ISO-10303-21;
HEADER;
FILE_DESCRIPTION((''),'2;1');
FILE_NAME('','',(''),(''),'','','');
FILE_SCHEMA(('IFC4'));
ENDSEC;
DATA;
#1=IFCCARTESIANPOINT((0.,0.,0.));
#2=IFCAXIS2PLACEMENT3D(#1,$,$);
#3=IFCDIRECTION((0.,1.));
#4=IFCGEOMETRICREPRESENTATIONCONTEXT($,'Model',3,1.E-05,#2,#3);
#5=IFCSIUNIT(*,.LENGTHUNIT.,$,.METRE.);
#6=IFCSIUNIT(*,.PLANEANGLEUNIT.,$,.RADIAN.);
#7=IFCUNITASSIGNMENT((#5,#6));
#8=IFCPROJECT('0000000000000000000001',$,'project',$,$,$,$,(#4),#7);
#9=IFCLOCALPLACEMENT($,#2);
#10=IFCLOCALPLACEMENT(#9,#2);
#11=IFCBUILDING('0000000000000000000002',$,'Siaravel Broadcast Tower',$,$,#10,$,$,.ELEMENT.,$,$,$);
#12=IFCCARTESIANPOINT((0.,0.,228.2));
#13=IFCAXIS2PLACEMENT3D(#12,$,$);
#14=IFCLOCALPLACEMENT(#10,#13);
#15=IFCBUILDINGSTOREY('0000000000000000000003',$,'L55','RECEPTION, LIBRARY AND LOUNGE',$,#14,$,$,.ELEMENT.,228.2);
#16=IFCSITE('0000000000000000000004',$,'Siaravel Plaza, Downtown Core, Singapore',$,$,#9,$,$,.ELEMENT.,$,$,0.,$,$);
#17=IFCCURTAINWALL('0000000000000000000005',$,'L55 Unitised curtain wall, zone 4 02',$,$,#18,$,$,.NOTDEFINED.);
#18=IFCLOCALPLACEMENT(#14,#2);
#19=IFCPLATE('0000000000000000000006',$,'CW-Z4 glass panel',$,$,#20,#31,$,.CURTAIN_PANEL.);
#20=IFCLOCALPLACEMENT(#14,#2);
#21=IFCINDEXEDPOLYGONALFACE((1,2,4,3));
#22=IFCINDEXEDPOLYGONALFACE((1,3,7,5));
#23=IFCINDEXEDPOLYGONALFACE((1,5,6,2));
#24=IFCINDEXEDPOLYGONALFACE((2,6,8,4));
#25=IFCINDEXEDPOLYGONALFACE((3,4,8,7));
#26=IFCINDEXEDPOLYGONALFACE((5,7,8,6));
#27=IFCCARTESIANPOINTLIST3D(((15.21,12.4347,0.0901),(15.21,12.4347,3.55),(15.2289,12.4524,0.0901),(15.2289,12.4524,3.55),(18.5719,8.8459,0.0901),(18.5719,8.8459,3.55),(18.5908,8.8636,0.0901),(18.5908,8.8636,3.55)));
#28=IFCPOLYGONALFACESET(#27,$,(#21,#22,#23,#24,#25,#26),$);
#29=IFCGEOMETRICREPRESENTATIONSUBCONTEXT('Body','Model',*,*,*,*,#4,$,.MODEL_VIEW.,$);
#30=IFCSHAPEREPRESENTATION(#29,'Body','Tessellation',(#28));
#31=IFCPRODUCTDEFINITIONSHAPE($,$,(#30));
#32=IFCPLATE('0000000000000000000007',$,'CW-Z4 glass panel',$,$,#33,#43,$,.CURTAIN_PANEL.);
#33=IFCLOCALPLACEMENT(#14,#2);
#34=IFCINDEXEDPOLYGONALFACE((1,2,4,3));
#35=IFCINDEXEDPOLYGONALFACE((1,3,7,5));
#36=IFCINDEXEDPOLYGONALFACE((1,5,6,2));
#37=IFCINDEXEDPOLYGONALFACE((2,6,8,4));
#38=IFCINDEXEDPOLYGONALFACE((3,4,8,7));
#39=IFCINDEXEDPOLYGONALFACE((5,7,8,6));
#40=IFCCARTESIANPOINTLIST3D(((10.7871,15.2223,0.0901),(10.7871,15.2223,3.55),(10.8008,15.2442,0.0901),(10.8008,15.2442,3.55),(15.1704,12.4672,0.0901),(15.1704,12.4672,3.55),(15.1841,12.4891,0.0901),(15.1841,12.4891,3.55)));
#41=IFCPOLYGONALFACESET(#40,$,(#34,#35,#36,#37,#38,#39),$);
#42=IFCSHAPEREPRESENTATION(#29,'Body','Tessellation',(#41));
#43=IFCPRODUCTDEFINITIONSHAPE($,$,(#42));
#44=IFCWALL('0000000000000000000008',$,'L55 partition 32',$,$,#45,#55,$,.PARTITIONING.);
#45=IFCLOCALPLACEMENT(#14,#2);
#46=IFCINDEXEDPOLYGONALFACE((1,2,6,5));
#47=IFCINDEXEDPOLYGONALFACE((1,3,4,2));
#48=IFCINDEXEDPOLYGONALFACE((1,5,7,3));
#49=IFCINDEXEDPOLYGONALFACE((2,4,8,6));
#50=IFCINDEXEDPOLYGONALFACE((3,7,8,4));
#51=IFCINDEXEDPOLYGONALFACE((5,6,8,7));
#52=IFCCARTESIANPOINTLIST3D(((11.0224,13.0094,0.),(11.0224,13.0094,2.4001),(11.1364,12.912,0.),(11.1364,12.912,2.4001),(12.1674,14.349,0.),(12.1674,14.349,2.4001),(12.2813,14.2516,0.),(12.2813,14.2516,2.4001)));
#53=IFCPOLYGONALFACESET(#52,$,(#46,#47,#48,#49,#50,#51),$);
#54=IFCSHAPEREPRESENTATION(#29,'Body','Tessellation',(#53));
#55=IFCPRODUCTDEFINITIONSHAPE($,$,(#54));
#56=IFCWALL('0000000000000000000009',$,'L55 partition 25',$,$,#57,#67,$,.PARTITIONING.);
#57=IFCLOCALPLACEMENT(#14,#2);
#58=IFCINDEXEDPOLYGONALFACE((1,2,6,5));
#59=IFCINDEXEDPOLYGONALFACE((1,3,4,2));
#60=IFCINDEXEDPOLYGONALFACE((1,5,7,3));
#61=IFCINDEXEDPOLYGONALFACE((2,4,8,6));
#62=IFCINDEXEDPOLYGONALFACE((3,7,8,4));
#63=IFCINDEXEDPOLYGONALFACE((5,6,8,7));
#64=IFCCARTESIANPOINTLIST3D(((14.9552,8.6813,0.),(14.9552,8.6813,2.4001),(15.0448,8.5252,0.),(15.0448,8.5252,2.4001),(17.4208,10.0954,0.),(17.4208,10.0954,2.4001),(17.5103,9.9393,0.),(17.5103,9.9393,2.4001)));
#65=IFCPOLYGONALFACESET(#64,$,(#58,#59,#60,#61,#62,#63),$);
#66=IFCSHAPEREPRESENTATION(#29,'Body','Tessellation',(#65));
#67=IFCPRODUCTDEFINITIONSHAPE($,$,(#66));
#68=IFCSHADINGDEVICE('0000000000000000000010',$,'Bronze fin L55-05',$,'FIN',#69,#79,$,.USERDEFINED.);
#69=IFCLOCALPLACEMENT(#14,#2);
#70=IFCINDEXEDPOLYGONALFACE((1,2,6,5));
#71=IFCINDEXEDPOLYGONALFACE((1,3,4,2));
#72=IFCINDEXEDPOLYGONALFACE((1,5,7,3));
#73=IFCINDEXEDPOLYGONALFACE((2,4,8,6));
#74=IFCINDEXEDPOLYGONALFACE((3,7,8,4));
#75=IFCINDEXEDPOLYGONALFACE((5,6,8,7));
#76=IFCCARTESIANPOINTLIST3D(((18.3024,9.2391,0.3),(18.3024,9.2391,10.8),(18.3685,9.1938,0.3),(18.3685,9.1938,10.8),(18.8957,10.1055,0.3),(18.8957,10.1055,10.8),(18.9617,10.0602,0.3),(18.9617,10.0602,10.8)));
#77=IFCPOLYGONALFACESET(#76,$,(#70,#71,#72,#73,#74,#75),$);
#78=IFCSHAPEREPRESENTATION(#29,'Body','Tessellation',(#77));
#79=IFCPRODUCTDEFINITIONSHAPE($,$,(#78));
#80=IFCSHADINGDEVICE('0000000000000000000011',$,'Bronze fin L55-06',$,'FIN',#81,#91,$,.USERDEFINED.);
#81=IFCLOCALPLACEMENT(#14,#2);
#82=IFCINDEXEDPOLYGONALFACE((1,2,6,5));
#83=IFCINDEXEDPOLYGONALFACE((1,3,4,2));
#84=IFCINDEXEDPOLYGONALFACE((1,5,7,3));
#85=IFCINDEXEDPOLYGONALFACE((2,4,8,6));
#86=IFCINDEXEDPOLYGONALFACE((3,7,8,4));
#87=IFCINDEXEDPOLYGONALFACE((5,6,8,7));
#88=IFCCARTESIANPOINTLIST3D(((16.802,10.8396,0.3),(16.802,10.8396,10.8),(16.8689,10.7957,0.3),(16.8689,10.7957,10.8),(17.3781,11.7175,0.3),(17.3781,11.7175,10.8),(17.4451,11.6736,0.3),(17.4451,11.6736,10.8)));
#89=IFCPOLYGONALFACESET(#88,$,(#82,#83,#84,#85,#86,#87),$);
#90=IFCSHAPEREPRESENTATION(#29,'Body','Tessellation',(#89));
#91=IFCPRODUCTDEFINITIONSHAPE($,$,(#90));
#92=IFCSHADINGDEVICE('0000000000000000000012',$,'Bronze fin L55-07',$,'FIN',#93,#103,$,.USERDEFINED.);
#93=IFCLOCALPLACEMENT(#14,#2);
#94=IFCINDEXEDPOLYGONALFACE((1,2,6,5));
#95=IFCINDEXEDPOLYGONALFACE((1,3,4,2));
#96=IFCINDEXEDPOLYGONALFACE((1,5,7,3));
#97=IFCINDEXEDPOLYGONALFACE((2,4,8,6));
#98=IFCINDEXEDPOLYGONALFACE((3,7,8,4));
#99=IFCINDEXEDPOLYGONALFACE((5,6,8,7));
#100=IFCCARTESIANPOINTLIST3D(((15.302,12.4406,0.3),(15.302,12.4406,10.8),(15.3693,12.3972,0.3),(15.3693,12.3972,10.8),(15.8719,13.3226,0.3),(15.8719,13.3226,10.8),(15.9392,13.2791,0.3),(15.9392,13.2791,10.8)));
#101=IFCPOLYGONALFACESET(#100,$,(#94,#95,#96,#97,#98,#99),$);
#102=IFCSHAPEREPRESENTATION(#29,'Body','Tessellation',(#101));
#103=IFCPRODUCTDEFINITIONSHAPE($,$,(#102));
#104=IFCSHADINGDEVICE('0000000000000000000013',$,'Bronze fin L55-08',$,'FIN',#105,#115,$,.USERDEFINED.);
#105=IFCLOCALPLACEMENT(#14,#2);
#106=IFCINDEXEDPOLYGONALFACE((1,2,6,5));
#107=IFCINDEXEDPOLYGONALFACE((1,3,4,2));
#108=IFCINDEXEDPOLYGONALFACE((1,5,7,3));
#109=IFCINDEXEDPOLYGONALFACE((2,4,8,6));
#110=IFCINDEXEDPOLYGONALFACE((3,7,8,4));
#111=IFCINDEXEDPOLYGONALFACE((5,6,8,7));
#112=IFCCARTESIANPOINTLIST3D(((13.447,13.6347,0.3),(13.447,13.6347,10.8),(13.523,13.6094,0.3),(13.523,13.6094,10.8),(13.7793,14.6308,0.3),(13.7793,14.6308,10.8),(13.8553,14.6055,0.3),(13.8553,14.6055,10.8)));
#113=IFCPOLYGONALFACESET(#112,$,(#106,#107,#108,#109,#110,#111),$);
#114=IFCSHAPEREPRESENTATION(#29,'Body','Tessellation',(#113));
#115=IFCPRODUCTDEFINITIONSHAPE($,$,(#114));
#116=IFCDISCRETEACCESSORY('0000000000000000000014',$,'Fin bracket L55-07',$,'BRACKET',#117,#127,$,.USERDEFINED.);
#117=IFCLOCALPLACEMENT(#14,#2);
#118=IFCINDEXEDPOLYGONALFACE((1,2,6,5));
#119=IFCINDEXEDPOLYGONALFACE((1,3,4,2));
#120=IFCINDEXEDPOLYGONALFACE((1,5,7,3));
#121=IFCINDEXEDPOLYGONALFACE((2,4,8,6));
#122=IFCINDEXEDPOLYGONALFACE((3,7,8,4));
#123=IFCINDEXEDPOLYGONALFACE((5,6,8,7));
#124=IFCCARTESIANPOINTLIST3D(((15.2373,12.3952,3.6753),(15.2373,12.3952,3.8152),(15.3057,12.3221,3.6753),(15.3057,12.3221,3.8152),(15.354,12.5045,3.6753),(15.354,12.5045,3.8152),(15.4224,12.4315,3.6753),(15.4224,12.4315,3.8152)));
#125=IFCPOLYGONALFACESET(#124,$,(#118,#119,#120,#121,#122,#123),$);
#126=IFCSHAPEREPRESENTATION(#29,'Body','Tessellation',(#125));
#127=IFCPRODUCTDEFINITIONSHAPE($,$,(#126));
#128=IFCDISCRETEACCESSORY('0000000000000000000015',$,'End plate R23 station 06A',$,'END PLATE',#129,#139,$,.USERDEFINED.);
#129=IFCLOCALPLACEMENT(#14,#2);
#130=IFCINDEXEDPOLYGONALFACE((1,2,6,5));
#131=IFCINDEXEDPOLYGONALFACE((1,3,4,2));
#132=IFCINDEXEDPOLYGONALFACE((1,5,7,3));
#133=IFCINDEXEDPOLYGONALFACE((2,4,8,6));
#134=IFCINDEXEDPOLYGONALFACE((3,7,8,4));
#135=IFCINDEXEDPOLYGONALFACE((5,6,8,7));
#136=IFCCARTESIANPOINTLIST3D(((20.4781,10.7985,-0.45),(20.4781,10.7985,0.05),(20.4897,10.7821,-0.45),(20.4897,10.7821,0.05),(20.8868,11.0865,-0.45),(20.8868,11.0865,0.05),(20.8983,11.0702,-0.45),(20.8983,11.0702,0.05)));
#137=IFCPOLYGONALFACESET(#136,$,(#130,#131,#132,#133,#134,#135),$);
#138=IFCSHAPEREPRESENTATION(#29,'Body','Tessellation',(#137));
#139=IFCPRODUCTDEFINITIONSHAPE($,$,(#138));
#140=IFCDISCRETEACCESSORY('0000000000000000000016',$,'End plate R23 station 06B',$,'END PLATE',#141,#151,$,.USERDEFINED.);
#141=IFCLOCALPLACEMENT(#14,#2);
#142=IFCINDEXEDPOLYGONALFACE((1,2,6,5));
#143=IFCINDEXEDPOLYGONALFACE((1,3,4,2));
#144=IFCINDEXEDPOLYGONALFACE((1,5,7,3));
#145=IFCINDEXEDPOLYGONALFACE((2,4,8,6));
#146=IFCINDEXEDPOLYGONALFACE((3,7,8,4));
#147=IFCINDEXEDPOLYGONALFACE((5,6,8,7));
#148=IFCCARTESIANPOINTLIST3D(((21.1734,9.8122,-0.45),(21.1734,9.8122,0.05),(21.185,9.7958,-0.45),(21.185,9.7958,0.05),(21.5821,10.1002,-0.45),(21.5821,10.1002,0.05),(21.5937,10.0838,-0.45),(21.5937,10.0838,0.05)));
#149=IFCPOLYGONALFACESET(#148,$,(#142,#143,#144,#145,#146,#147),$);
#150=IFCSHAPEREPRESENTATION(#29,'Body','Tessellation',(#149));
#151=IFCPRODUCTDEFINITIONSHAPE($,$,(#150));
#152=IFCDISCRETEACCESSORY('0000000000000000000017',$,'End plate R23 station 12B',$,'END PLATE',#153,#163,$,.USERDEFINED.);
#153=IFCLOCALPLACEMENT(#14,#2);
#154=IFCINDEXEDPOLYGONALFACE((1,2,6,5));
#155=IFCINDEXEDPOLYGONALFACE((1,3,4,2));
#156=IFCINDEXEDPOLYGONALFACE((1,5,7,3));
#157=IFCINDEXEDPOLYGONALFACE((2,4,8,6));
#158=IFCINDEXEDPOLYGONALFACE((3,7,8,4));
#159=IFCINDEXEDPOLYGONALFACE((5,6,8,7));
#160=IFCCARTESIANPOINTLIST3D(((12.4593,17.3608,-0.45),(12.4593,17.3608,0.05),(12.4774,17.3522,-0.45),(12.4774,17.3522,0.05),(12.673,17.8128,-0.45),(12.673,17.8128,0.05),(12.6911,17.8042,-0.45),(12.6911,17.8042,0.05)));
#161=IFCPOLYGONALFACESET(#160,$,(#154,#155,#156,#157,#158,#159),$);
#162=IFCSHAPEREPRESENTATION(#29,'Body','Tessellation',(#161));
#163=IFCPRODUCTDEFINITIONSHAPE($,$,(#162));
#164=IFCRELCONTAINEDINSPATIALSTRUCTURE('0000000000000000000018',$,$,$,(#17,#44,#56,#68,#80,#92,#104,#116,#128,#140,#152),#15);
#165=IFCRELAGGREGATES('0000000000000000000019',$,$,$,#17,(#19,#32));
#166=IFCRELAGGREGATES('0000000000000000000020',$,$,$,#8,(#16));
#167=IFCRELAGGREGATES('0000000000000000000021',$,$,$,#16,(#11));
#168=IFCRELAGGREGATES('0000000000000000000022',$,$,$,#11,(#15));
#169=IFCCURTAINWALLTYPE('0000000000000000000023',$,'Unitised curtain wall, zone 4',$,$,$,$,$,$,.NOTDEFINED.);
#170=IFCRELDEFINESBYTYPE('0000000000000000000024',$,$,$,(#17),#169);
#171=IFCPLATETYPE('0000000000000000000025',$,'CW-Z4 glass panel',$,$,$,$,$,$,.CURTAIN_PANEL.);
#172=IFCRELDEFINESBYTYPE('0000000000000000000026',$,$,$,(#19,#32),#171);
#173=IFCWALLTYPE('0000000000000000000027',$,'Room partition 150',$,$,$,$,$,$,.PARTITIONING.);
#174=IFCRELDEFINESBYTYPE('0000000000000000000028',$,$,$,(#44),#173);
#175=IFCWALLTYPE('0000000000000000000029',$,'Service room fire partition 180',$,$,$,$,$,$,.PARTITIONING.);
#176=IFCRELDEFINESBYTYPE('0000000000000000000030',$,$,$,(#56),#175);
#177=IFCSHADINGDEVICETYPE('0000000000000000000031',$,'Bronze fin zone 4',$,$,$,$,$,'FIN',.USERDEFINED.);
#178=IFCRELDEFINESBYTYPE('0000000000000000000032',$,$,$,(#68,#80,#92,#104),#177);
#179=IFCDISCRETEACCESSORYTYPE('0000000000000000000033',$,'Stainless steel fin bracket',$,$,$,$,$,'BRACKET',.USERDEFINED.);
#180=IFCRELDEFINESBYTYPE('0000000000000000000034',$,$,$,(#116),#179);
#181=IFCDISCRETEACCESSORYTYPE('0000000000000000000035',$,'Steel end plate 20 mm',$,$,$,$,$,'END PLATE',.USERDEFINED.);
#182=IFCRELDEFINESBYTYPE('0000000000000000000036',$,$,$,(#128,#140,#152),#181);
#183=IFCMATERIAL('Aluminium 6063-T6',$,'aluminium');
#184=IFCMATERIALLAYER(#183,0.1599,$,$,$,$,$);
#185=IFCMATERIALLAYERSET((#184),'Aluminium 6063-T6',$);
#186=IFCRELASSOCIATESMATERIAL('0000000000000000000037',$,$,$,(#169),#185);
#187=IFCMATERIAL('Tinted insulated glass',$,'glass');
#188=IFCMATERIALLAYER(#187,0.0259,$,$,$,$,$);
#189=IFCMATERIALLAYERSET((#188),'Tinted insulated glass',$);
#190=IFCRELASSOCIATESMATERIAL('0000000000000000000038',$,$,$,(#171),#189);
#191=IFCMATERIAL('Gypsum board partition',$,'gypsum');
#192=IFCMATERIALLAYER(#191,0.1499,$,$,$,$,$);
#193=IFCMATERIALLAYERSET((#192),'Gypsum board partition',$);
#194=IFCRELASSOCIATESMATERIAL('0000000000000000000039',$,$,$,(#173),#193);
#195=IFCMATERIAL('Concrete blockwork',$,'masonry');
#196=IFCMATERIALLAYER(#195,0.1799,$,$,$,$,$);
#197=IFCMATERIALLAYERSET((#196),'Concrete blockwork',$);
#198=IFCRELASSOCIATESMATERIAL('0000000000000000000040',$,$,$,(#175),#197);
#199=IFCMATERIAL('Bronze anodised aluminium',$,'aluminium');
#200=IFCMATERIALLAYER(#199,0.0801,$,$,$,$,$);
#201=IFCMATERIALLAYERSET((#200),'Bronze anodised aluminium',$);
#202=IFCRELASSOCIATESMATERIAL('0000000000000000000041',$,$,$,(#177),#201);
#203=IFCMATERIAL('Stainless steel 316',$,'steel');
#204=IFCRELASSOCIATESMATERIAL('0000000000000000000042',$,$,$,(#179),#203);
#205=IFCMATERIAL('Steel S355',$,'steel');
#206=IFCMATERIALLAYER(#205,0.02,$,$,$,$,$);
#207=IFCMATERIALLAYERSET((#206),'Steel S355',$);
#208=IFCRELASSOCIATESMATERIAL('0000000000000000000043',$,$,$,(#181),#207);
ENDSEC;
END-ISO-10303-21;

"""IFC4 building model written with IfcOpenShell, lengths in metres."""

from ifc_helpers import new_model, si_unit, direction, frame, frame_2d, origin, origin_2d, place, context, subcontext, project, spatial, rectangle, extrude, material, layer, layer_set, type_object, element, aggregate, save


model = new_model("IFC4")

# Units and contexts
model_context = context("Model", 3, precision=1e-05, world=origin(), true_north=direction((0.0, 1.0)))
body_context = subcontext(model_context, "Body", "Model", "MODEL_VIEW")
ifc_project = project(units=[si_unit("LENGTHUNIT", "METRE"), si_unit("PLANEANGLEUNIT", "RADIAN")], contexts=[model_context])

# Site, building, storey
site_placement = place(None, origin())
site = spatial("IfcSite", under=ifc_project, at=site_placement, Name="Siaravel Plaza, Downtown Core, Singapore", CompositionType="ELEMENT", RefElevation=0.0)
building_placement = place(site_placement, origin())
building = spatial("IfcBuilding", under=site, at=building_placement, Name="Siaravel Broadcast Tower", CompositionType="ELEMENT")
storey_placement = place(building_placement, frame((0.0, 0.0, 228.2)))
storey = spatial("IfcBuildingStorey", under=building, at=storey_placement, Name="L55", Description="RECEPTION, LIBRARY AND LOUNGE", CompositionType="ELEMENT", Elevation=228.2)

# Shared definitions
ifc_material_1 = material(Name="Steel S355", Category="steel")

# Curtain wall
ifc_material_2 = material(Name="Aluminium 6063-T6", Category="aluminium")
ifc_layer_1 = layer(ifc_material_2, 0.1599)
ifc_layer_set_1 = layer_set([ifc_layer_1], Name="Aluminium 6063-T6")
curtain_wall_type = type_object("IfcCurtainWallType", Name="Unitised curtain wall, zone 4", PredefinedType="NOTDEFINED", material=ifc_layer_set_1)
curtain_wall_placement = place(storey_placement, origin())
curtain_wall = element("IfcCurtainWall", 1, at=curtain_wall_placement, inside=storey, type_object=curtain_wall_type, Name="L55 Unitised curtain wall, zone 4 02", PredefinedType="NOTDEFINED")

# Plates
ifc_material_3 = material(Name="Tinted insulated glass", Category="glass")
ifc_layer_2 = layer(ifc_material_3, 0.0259)
ifc_layer_set_2 = layer_set([ifc_layer_2], Name="Tinted insulated glass")
plate_type = type_object("IfcPlateType", Name="CW-Z4 glass panel", PredefinedType="CURTAIN_PANEL", material=ifc_layer_set_2)
plate_1_placement = place(storey_placement, frame((16.9004, 10.6492, 0.0901), z_axis=(0.0, 0.0, 1.0), x_axis=(-0.683654, 0.729806, 0.0)))
plate_1 = element("IfcPlate", 2, at=plate_1_placement, type_object=plate_type, Name="CW-Z4 glass panel", PredefinedType="CURTAIN_PANEL", context=body_context, shape_type="SweptSolid", body=[
    extrude(rectangle(XDim=4.9175, YDim=0.0259, at=origin_2d()), origin(), (0.0, 0.0, 1.0), 3.46),
])
plate_2_placement = place(storey_placement, frame((12.9856, 13.8557, 0.0901), z_axis=(0.0, 0.0, 1.0), x_axis=(-0.84665, 0.53215, 0.0)))
plate_2 = element("IfcPlate", 3, at=plate_2_placement, type_object=plate_type, Name="CW-Z4 glass panel", PredefinedType="CURTAIN_PANEL", context=body_context, shape_type="SweptSolid", body=[
    extrude(rectangle(XDim=5.1772, YDim=0.0259, at=origin_2d()), origin(), (0.0, 0.0, 1.0), 3.46),
])
aggregate(curtain_wall, [plate_1, plate_2])

# Shared definitions
ifc_material_4 = material(Name="Gypsum board partition", Category="gypsum")

# Walls
ifc_layer_3 = layer(ifc_material_4, 0.1499)
ifc_layer_set_3 = layer_set([ifc_layer_3], Name="Gypsum board partition")
wall_type_1 = type_object("IfcWallType", Name="Room partition 150", PredefinedType="PARTITIONING", material=ifc_layer_set_3)
wall_1_placement = place(storey_placement, frame((12.2244, 14.3003, 0.0), z_axis=(0.0, 0.0, 1.0), x_axis=(-0.649741, -0.760156, 0.0)))
element("IfcWall", 4, at=wall_1_placement, inside=storey, type_object=wall_type_1, Name="L55 partition 32", PredefinedType="PARTITIONING", context=body_context, shape_type="SweptSolid", body=[
    extrude(rectangle(XDim=1.7622, YDim=0.1499, at=frame_2d((0.8811, 0.0))), origin(), (0.0, 0.0, 1.0), 2.4001),
])
ifc_material_5 = material(Name="Concrete blockwork", Category="masonry")
ifc_layer_4 = layer(ifc_material_5, 0.1799)
ifc_layer_set_4 = layer_set([ifc_layer_4], Name="Concrete blockwork")
wall_type_2 = type_object("IfcWallType", Name="Service room fire partition 180", PredefinedType="PARTITIONING", material=ifc_layer_set_4)
wall_2_placement = place(storey_placement, frame((17.4656, 10.0173, 0.0), z_axis=(0.0, 0.0, 1.0), x_axis=(-0.86746, -0.497507, 0.0)))
element("IfcWall", 5, at=wall_2_placement, inside=storey, type_object=wall_type_2, Name="L55 partition 25", PredefinedType="PARTITIONING", context=body_context, shape_type="SweptSolid", body=[
    extrude(rectangle(XDim=2.8423, YDim=0.1799, at=frame_2d((1.4211, 0.0))), origin(), (0.0, 0.0, 1.0), 2.4001),
])

# Shading devices
ifc_material_6 = material(Name="Bronze anodised aluminium", Category="aluminium")
ifc_layer_5 = layer(ifc_material_6, 0.0801)
ifc_layer_set_5 = layer_set([ifc_layer_5], Name="Bronze anodised aluminium")
shading_device_type = type_object("IfcShadingDeviceType", Name="Bronze fin zone 4", ElementType="FIN", PredefinedType="USERDEFINED", material=ifc_layer_set_5)
for number, where, z_axis, x_axis, name in (
    (6, (18.6321, 9.6497, 0.3), (0.0, 0.0, 1.0), (0.564987, 0.8251, 0.0), "Bronze fin L55-05"),
    (7, (17.1235, 11.2566, 0.3), (0.0, 0.0, 1.0), (0.54869, 0.836026, 0.0), "Bronze fin L55-06"),
    (8, (15.6206, 12.8599, 0.3), (0.0, 0.0, 1.0), (0.542752, 0.839893, 0.0), "Bronze fin L55-07"),
    (9, (13.6511, 14.1201, 0.3), (0.0, 0.0, 1.0), (0.316454, 0.948608, 0.0), "Bronze fin L55-08"),
):
    element("IfcShadingDevice", number, at=place(storey_placement, frame(where, z_axis=z_axis, x_axis=x_axis)), inside=storey, type_object=shading_device_type, Name=name, ObjectType="FIN", PredefinedType="USERDEFINED", context=body_context, shape_type="SweptSolid", body=[
        extrude(rectangle(XDim=1.05, YDim=0.0801, at=origin_2d()), origin(), (0.0, 0.0, 1.0), 10.5),
    ])

# Discrete accessories
ifc_material_7 = material(Name="Stainless steel 316", Category="steel")
discrete_accessory_type_1 = type_object("IfcDiscreteAccessoryType", Name="Stainless steel fin bracket", ElementType="BRACKET", PredefinedType="USERDEFINED", material=ifc_material_7)
discrete_accessory_placement = place(storey_placement, frame((15.3298, 12.4133, 3.6753), z_axis=(0.0, 0.0, 1.0), x_axis=(0.729807, 0.683653, 0.0)))
element("IfcDiscreteAccessory", 10, at=discrete_accessory_placement, inside=storey, type_object=discrete_accessory_type_1, Name="Fin bracket L55-07", ObjectType="BRACKET", PredefinedType="USERDEFINED", context=body_context, shape_type="SweptSolid", body=[
    extrude(rectangle(XDim=0.1599, YDim=0.1001, at=origin_2d()), origin(), (0.0, 0.0, 1.0), 0.1399),
])
ifc_layer_6 = layer(ifc_material_1, 0.02)
ifc_layer_set_6 = layer_set([ifc_layer_6], Name="Steel S355")
discrete_accessory_type_2 = type_object("IfcDiscreteAccessoryType", Name="Steel end plate 20 mm", ElementType="END PLATE", PredefinedType="USERDEFINED", material=ifc_layer_set_6)
for number, where, z_axis, x_axis, name in (
    (11, (20.6882, 10.9343, -0.45), (0.0, 0.0, 1.0), (-0.576119, 0.817366, 0.0), "End plate R23 station 06A"),
    (12, (21.3835, 9.948, -0.45), (0.0, 0.0, 1.0), (-0.576119, 0.817366, 0.0), "End plate R23 station 06B"),
    (13, (12.5752, 17.5825, -0.45), (0.0, 0.0, 1.0), (-0.904006, 0.427519, 0.0), "End plate R23 station 12B"),
):
    element("IfcDiscreteAccessory", number, at=place(storey_placement, frame(where, z_axis=z_axis, x_axis=x_axis)), inside=storey, type_object=discrete_accessory_type_2, Name=name, ObjectType="END PLATE", PredefinedType="USERDEFINED", context=body_context, shape_type="SweptSolid", body=[
        extrude(rectangle(XDim=0.02, YDim=0.5, at=origin_2d()), origin(), (0.0, 0.0, 1.0), 0.5),
    ])

save(model, "model.ifc")
